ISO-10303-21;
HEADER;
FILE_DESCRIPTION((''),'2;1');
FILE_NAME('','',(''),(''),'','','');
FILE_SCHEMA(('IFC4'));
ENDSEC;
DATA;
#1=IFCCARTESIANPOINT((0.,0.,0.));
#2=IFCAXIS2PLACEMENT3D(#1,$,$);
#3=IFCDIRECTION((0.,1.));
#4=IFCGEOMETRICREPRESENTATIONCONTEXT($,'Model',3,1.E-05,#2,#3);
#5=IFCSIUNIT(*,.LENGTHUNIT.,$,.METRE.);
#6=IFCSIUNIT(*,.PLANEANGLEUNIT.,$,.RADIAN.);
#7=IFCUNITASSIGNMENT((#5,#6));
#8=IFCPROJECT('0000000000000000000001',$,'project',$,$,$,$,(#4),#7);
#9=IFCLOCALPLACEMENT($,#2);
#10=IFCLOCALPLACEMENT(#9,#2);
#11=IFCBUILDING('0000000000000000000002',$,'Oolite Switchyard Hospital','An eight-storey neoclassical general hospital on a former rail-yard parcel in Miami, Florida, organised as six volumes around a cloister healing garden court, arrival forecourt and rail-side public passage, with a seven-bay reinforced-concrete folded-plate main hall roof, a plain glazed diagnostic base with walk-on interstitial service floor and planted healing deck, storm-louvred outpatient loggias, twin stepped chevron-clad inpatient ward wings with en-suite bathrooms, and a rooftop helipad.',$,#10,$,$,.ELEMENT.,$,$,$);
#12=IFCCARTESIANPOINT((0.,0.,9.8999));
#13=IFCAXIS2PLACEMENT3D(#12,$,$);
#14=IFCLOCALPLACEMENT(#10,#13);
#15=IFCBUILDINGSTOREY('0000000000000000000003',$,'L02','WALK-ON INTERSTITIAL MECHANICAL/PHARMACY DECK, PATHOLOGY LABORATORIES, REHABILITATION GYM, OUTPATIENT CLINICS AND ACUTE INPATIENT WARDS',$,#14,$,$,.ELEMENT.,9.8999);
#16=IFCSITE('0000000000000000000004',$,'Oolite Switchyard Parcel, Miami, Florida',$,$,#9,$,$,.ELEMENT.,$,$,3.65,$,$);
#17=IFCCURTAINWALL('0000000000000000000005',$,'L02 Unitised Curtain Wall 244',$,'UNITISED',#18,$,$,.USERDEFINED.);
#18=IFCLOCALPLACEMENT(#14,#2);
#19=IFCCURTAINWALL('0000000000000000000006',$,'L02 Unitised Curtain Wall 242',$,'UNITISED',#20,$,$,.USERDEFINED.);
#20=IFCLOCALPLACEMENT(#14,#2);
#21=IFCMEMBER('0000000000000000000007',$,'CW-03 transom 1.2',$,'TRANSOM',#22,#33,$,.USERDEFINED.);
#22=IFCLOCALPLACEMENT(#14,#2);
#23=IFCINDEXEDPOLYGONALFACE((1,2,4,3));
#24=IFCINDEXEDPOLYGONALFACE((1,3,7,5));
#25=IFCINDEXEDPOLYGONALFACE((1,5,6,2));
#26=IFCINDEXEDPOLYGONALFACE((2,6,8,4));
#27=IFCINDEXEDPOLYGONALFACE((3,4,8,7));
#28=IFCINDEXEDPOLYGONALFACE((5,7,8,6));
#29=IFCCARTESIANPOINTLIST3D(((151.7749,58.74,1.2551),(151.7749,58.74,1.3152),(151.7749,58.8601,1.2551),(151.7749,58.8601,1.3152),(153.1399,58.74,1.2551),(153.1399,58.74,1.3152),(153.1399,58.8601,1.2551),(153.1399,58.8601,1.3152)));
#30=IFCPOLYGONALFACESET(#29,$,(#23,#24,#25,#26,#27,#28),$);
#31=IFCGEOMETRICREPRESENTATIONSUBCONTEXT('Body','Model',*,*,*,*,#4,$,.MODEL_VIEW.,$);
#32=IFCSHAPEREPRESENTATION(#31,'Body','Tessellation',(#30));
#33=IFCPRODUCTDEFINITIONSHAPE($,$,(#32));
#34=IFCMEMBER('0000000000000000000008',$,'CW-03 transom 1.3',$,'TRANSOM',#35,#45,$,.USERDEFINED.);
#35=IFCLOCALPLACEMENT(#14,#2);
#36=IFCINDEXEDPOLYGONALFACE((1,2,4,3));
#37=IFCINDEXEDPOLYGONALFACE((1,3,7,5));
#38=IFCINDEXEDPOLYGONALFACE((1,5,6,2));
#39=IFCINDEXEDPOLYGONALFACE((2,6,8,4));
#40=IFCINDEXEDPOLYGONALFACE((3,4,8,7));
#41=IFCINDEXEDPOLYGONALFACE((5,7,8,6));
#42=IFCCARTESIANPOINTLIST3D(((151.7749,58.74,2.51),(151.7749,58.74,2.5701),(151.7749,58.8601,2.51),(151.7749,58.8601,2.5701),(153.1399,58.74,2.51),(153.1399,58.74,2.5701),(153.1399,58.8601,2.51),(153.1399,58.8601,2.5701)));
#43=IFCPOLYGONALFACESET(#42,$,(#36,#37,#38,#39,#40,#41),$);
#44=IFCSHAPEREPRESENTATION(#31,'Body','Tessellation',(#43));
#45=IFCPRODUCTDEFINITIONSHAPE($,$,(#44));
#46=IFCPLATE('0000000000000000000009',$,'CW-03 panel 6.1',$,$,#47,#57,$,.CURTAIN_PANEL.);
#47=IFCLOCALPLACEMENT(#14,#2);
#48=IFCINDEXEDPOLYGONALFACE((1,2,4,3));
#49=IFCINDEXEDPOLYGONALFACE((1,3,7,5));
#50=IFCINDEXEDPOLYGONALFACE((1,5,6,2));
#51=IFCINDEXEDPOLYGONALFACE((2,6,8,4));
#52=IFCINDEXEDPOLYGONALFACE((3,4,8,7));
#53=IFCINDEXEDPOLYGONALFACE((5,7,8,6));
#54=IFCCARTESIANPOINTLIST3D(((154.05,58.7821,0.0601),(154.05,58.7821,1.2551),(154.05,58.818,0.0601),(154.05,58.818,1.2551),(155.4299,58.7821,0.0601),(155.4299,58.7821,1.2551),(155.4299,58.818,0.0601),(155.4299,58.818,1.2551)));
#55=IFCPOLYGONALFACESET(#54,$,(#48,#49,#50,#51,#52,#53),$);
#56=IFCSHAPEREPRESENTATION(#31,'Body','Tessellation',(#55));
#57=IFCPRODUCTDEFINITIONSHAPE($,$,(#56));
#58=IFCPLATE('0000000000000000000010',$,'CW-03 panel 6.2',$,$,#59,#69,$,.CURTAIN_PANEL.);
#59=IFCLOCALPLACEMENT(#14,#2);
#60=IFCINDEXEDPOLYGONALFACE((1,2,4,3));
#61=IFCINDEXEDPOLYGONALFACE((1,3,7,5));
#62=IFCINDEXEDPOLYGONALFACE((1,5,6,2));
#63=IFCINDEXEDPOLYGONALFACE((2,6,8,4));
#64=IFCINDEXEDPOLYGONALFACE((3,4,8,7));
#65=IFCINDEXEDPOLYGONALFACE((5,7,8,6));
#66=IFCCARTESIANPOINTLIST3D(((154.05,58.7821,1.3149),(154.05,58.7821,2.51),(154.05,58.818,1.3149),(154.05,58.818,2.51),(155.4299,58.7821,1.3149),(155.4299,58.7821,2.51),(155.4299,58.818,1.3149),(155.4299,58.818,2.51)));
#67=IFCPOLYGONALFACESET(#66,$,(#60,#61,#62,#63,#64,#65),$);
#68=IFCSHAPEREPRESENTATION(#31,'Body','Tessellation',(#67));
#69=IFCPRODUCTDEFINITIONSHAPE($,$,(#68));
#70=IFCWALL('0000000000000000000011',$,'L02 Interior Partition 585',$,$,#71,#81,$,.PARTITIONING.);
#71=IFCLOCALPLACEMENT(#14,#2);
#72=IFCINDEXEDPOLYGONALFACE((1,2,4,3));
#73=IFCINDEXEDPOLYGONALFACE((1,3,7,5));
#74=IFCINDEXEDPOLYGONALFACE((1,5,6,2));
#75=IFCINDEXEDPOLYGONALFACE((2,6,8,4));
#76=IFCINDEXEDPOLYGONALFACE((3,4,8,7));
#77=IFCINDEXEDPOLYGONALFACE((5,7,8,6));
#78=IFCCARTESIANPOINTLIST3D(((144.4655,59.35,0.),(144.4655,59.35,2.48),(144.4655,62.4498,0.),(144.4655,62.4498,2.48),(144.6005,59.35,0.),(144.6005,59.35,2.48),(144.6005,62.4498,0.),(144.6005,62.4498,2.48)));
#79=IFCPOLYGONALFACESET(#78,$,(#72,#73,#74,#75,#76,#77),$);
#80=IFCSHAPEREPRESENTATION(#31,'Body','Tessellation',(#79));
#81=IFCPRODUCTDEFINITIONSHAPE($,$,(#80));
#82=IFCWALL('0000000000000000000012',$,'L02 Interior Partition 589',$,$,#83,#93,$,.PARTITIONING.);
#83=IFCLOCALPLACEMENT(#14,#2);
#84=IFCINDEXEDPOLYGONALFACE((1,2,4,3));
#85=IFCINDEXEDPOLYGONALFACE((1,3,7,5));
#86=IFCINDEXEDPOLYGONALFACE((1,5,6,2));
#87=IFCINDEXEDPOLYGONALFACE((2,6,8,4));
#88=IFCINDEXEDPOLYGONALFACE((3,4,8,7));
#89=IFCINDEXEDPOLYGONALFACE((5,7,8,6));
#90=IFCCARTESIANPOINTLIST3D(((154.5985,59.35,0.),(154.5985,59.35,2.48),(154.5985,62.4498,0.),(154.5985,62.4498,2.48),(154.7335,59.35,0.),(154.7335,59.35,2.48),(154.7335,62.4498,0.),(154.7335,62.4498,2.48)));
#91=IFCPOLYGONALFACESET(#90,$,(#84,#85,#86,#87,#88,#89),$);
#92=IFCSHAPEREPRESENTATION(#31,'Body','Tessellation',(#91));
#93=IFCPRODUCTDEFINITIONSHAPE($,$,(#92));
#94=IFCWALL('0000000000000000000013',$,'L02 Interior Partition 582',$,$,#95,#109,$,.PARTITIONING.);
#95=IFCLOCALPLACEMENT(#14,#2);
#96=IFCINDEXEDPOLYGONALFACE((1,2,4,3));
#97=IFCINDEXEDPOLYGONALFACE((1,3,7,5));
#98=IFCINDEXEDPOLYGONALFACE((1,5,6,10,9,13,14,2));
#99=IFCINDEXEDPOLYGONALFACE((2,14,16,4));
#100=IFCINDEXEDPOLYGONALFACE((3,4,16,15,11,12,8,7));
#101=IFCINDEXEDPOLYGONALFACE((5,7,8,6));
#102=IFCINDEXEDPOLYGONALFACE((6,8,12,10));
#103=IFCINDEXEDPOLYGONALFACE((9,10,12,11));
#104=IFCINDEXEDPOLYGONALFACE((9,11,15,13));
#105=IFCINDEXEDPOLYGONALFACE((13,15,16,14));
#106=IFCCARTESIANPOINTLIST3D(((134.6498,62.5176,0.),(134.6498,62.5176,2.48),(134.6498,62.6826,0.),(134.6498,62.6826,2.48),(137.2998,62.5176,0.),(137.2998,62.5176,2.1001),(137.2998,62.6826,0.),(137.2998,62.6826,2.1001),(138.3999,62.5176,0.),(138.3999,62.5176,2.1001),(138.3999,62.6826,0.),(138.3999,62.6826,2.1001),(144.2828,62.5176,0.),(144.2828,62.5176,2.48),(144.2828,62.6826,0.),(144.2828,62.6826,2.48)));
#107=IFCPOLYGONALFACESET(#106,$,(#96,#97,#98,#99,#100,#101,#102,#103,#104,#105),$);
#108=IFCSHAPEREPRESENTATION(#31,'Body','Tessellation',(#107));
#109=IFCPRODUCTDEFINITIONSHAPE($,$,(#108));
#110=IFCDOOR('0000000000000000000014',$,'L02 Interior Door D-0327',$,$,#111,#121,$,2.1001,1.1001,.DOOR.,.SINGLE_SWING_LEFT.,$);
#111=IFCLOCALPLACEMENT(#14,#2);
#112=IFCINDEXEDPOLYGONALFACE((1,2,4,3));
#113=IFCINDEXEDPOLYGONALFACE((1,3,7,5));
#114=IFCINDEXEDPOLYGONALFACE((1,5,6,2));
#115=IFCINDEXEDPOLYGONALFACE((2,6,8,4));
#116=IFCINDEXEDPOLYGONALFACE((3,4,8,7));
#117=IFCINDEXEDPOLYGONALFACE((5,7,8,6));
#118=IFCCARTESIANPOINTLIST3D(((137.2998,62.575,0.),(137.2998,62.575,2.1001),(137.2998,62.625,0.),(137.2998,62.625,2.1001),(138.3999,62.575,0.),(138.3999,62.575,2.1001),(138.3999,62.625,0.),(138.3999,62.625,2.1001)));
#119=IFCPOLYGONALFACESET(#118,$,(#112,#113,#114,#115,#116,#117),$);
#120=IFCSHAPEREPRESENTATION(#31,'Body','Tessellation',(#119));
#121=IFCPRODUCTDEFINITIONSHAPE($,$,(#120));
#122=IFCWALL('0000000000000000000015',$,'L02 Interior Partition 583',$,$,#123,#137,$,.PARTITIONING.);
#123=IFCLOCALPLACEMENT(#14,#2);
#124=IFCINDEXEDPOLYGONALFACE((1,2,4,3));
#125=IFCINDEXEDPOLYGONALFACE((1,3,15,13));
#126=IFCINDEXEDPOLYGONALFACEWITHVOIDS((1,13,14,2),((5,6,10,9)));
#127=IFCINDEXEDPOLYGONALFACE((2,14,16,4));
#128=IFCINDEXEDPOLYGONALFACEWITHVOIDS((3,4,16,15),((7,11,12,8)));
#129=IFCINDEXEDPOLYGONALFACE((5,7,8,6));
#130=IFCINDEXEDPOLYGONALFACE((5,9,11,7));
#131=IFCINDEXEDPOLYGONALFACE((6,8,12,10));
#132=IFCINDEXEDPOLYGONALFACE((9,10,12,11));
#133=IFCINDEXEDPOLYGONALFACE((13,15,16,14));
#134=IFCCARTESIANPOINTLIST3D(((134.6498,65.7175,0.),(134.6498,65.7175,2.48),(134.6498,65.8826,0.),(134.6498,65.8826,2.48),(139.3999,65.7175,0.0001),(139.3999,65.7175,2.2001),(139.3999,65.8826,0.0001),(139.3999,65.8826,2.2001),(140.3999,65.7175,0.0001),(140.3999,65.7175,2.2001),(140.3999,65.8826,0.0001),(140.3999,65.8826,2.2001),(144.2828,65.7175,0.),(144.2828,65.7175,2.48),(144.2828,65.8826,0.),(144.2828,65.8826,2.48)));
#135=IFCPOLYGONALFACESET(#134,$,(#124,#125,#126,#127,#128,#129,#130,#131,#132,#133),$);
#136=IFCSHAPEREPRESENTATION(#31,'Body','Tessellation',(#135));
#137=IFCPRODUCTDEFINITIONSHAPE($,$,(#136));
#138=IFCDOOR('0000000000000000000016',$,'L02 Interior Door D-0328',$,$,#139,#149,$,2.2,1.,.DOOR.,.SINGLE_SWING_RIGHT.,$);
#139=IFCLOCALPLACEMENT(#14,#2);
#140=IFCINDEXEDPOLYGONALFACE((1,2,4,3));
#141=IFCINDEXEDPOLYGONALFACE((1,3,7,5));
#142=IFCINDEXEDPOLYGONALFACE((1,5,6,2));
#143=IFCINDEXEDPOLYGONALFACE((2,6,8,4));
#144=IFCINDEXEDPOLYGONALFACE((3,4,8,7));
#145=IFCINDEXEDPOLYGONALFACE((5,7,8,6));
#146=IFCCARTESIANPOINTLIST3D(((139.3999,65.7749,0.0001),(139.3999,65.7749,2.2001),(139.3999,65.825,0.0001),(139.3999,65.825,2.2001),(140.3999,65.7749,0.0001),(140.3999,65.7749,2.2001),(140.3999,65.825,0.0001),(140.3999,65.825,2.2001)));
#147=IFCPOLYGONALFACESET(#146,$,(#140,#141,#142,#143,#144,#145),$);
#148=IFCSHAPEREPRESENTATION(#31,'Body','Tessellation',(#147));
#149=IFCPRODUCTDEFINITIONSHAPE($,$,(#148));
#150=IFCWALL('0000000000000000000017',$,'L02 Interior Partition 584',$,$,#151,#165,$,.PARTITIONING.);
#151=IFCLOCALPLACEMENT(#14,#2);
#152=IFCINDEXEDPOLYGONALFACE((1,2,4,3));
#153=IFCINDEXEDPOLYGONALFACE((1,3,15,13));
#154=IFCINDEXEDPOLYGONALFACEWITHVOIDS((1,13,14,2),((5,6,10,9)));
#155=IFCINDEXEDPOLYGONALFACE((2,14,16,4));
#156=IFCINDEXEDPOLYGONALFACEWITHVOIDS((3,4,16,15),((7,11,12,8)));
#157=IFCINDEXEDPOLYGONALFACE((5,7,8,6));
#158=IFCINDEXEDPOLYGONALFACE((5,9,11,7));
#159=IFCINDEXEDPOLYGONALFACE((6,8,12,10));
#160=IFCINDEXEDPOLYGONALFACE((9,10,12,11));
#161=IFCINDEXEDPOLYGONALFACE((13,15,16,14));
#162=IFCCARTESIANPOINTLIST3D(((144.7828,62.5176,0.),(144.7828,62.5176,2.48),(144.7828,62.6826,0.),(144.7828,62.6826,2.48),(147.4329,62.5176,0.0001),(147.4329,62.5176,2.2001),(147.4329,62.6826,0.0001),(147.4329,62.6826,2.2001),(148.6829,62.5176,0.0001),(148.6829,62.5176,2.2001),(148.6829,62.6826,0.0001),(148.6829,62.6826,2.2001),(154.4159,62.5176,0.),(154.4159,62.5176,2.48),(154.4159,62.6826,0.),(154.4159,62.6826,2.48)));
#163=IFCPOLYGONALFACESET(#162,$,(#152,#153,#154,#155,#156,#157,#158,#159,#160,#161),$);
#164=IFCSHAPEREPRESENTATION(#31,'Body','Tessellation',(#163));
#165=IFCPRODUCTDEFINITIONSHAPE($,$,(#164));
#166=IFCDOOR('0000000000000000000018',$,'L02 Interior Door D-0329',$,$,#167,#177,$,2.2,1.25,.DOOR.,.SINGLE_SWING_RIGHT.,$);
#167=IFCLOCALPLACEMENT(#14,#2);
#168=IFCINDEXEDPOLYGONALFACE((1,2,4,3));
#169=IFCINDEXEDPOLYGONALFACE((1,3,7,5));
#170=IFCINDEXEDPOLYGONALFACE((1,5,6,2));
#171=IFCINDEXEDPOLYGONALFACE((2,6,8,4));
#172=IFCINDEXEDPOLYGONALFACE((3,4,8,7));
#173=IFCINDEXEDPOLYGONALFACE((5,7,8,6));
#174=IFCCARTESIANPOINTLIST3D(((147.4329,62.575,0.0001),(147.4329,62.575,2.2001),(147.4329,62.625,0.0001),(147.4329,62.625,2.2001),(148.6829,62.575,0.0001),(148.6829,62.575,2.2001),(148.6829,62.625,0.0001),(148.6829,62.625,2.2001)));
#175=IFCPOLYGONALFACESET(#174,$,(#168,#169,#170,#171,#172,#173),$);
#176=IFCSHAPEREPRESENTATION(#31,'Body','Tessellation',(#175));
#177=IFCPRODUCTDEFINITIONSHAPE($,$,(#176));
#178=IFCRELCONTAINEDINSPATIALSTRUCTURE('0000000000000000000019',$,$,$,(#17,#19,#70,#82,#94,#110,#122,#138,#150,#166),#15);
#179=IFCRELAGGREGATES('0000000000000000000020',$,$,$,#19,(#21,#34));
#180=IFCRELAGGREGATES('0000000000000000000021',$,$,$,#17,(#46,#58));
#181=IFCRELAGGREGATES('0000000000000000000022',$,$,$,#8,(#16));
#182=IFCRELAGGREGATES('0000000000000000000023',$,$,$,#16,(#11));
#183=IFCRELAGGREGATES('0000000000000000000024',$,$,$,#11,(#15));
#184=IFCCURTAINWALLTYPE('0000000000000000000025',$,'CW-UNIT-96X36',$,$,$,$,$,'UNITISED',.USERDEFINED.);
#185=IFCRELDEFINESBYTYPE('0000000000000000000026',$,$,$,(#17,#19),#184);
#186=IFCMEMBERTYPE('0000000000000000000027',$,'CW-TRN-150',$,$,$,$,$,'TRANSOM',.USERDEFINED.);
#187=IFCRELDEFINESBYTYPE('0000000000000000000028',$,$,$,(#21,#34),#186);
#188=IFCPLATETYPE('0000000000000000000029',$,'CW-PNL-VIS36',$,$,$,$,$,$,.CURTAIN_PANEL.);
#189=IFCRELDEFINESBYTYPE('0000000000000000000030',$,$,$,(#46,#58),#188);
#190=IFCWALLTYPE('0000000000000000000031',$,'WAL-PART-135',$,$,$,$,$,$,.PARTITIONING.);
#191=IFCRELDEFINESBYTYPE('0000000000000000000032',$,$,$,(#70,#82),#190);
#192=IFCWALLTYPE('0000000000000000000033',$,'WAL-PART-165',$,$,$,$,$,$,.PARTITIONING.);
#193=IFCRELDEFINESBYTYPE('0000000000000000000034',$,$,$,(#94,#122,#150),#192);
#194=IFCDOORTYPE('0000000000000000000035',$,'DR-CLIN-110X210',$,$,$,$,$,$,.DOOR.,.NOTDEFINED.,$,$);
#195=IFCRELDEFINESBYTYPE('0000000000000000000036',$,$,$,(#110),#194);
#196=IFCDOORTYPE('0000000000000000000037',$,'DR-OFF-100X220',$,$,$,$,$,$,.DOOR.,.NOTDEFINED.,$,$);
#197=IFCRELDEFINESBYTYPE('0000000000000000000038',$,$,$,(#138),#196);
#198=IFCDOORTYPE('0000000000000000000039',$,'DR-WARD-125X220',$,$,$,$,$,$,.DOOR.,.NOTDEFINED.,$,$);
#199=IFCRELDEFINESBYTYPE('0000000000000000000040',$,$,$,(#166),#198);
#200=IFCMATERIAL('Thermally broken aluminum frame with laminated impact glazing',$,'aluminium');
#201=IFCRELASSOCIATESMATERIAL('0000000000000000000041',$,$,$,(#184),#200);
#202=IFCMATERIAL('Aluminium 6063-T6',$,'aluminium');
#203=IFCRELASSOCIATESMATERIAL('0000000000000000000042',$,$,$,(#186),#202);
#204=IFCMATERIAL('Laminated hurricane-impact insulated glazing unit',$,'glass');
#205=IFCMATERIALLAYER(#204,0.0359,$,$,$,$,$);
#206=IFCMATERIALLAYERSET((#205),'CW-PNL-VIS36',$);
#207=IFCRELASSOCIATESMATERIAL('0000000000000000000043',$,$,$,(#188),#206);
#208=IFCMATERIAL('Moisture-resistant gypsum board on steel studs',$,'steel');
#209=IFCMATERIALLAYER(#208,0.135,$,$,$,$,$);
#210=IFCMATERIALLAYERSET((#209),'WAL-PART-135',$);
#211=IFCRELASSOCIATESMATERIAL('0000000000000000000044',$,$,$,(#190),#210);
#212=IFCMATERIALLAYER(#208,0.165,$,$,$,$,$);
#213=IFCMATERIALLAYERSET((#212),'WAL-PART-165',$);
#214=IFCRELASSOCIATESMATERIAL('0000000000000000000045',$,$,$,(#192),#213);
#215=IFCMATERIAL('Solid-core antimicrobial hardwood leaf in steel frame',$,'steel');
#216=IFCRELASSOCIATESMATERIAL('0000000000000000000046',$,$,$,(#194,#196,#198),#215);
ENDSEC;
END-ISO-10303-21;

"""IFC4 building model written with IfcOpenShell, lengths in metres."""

from ifc_helpers import new_model, si_unit, direction, frame, frame_2d, origin, origin_2d, place, context, subcontext, project, spatial, rectangle, extrude, material, layer, layer_set, material_profile, profile_set, type_object, element, fill, aggregate, save


model = new_model("IFC4")

# Units and contexts
model_context = context("Model", 3, precision=1e-05, world=origin(), true_north=direction((0.0, 1.0)))
body_context = subcontext(model_context, "Body", "Model", "MODEL_VIEW")
ifc_project = project(units=[si_unit("LENGTHUNIT", "METRE"), si_unit("PLANEANGLEUNIT", "RADIAN")], contexts=[model_context])

# Site, building, storey
site_placement = place(None, origin())
site = spatial("IfcSite", under=ifc_project, at=site_placement, Name="Oolite Switchyard Parcel, Miami, Florida", CompositionType="ELEMENT", RefElevation=3.65)
building_placement = place(site_placement, origin())
building = spatial("IfcBuilding", under=site, at=building_placement, Name="Oolite Switchyard Hospital", Description="An eight-storey neoclassical general hospital on a former rail-yard parcel in Miami, Florida, organised as six volumes around a cloister healing garden court, arrival forecourt and rail-side public passage, with a seven-bay reinforced-concrete folded-plate main hall roof, a plain glazed diagnostic base with walk-on interstitial service floor and planted healing deck, storm-louvred outpatient loggias, twin stepped chevron-clad inpatient ward wings with en-suite bathrooms, and a rooftop helipad.", CompositionType="ELEMENT")
storey_placement = place(building_placement, frame((0.0, 0.0, 9.8999)))
storey = spatial("IfcBuildingStorey", under=building, at=storey_placement, Name="L02", Description="WALK-ON INTERSTITIAL MECHANICAL/PHARMACY DECK, PATHOLOGY LABORATORIES, REHABILITATION GYM, OUTPATIENT CLINICS AND ACUTE INPATIENT WARDS", CompositionType="ELEMENT", Elevation=9.8999)

# Curtain wall
ifc_material_1 = material(Name="Thermally broken aluminum frame with laminated impact glazing", Category="aluminium")
curtain_wall_type = type_object("IfcCurtainWallType", Name="CW-UNIT-96X36", ElementType="UNITISED", PredefinedType="USERDEFINED", material=ifc_material_1)
curtain_wall_1_placement = place(storey_placement, origin())
curtain_wall_1 = element("IfcCurtainWall", 1, at=curtain_wall_1_placement, inside=storey, type_object=curtain_wall_type, Name="L02 Unitised Curtain Wall 244", ObjectType="UNITISED", PredefinedType="USERDEFINED")
ifc_material_2 = material(Name="Aluminium 6063-T6", Category="aluminium")

# Curtain wall, members
curtain_wall_2_placement = place(storey_placement, origin())
curtain_wall_2 = element("IfcCurtainWall", 2, at=curtain_wall_2_placement, inside=storey, type_object=curtain_wall_type, Name="L02 Unitised Curtain Wall 242", ObjectType="UNITISED", PredefinedType="USERDEFINED")
ifc_material_profile_1 = material_profile(ifc_material_2, rectangle(XDim=0.1201, YDim=0.0601, at=origin_2d()), Name="CWT60X120")
ifc_profile_set_1 = profile_set([ifc_material_profile_1], Name="Aluminium 6063-T6")
member_type_1 = type_object("IfcMemberType", Name="CW-TRN-150", ElementType="TRANSOM", PredefinedType="USERDEFINED", material=ifc_profile_set_1)
member_1_placement = place(storey_placement, frame((153.1399, 58.8, 1.2852), z_axis=(-1.0, 0.0, 0.0), x_axis=(0.0, -1.0, 0.0)))
member_1 = element("IfcMember", 3, at=member_1_placement, type_object=member_type_1, Name="CW-03 transom 1.2", ObjectType="TRANSOM", PredefinedType="USERDEFINED", context=body_context, shape_type="SweptSolid", body=[
    extrude(rectangle(XDim=0.1201, YDim=0.0601, at=origin_2d()), origin(), (0.0, 0.0, 1.0), 1.365),
])
member_2_placement = place(storey_placement, frame((153.1399, 58.8, 2.54), z_axis=(-1.0, 0.0, 0.0), x_axis=(0.0, -1.0, 0.0)))
member_2 = element("IfcMember", 4, at=member_2_placement, type_object=member_type_1, Name="CW-03 transom 1.3", ObjectType="TRANSOM", PredefinedType="USERDEFINED", context=body_context, shape_type="SweptSolid", body=[
    extrude(rectangle(XDim=0.1201, YDim=0.0601, at=origin_2d()), origin(), (0.0, 0.0, 1.0), 1.365),
])
aggregate(curtain_wall_2, [member_1, member_2])

# Plates
ifc_material_3 = material(Name="Laminated hurricane-impact insulated glazing unit", Category="glass")
ifc_layer_1 = layer(ifc_material_3, 0.0359)
ifc_layer_set_1 = layer_set([ifc_layer_1], Name="CW-PNL-VIS36")
plate_type = type_object("IfcPlateType", Name="CW-PNL-VIS36", PredefinedType="CURTAIN_PANEL", material=ifc_layer_set_1)
plate_1_placement = place(storey_placement, frame((154.74, 58.8, 0.0601), z_axis=(0.0, 0.0, 1.0), x_axis=(-1.0, 0.0, 0.0)))
plate_1 = element("IfcPlate", 5, at=plate_1_placement, type_object=plate_type, Name="CW-03 panel 6.1", PredefinedType="CURTAIN_PANEL", context=body_context, shape_type="SweptSolid", body=[
    extrude(rectangle(XDim=1.3799, YDim=0.0359, at=origin_2d()), origin(), (0.0, 0.0, 1.0), 1.1951),
])
plate_2_placement = place(storey_placement, frame((154.74, 58.8, 1.3149), z_axis=(0.0, 0.0, 1.0), x_axis=(-1.0, 0.0, 0.0)))
plate_2 = element("IfcPlate", 6, at=plate_2_placement, type_object=plate_type, Name="CW-03 panel 6.2", PredefinedType="CURTAIN_PANEL", context=body_context, shape_type="SweptSolid", body=[
    extrude(rectangle(XDim=1.3799, YDim=0.0359, at=origin_2d()), origin(), (0.0, 0.0, 1.0), 1.1951),
])
aggregate(curtain_wall_1, [plate_1, plate_2])

# Walls
ifc_material_4 = material(Name="Moisture-resistant gypsum board on steel studs", Category="steel")
ifc_layer_2 = layer(ifc_material_4, 0.135)
ifc_layer_set_2 = layer_set([ifc_layer_2], Name="WAL-PART-135")
wall_type_1 = type_object("IfcWallType", Name="WAL-PART-135", PredefinedType="PARTITIONING", material=ifc_layer_set_2)
for number, where, z_axis, x_axis, name in (
    (7, (144.533, 59.3501, 0.0), (0.0, 0.0, 1.0), (0.0, 1.0, 0.0), "L02 Interior Partition 585"),
    (8, (154.666, 59.3501, 0.0), (0.0, 0.0, 1.0), (0.0, 1.0, 0.0), "L02 Interior Partition 589"),
):
    element("IfcWall", number, at=place(storey_placement, frame(where, z_axis=z_axis, x_axis=x_axis)), inside=storey, type_object=wall_type_1, Name=name, PredefinedType="PARTITIONING", context=body_context, shape_type="SweptSolid", body=[
        extrude(rectangle(XDim=3.0999, YDim=0.135, at=frame_2d((1.5498, 0.0))), origin(), (0.0, 0.0, 1.0), 2.48),
    ])

# Walls, openings, doors
ifc_layer_3 = layer(ifc_material_4, 0.165)
ifc_layer_set_3 = layer_set([ifc_layer_3], Name="WAL-PART-165")
wall_type_2 = type_object("IfcWallType", Name="WAL-PART-165", PredefinedType="PARTITIONING", material=ifc_layer_set_3)
wall_1_placement = place(storey_placement, frame((134.6499, 62.6001, 0.0), z_axis=(0.0, 0.0, 1.0), x_axis=(1.0, 0.0, 0.0)))
wall_1 = element("IfcWall", 9, at=wall_1_placement, inside=storey, type_object=wall_type_2, Name="L02 Interior Partition 582", PredefinedType="PARTITIONING", context=body_context, shape_type="SweptSolid", body=[
    extrude(rectangle(XDim=9.6331, YDim=0.165, at=frame_2d((4.8164, 0.0))), origin(), (0.0, 0.0, 1.0), 2.48),
])
opening_1_placement = place(wall_1_placement, frame((2.6499, 0.0, 0.0)))
opening_1 = element("IfcOpeningElement", 10, at=opening_1_placement, cuts=wall_1, PredefinedType="OPENING", context=body_context, shape_type="SweptSolid", body=[
    extrude(rectangle(XDim=1.1001, YDim=2.1001, at=frame_2d((0.55, 1.05))), frame((0.0, 0.0925, 0.0), z_axis=(0.0, -1.0, 0.0), x_axis=(1.0, 0.0, 0.0)), (0.0, 0.0, 1.0), 0.1851),
])
ifc_material_5 = material(Name="Solid-core antimicrobial hardwood leaf in steel frame", Category="steel")
door_type_1 = type_object("IfcDoorType", Name="DR-CLIN-110X210", OperationType="NOTDEFINED", PredefinedType="DOOR", material=ifc_material_5)
door_1_placement = place(opening_1_placement, origin())
door_1 = element("IfcDoor", 11, at=door_1_placement, inside=storey, type_object=door_type_1, Name="L02 Interior Door D-0327", OperationType="SINGLE_SWING_LEFT", OverallHeight=2.1001, OverallWidth=1.1001, PredefinedType="DOOR", context=body_context, shape_type="SweptSolid", body=[
    extrude(rectangle(XDim=1.1001, YDim=2.1001, at=frame_2d((0.55, 1.05))), frame((0.0, 0.0249, 0.0), z_axis=(0.0, -1.0, 0.0), x_axis=(1.0, 0.0, 0.0)), (0.0, 0.0, 1.0), 0.05),
])
fill(opening_1, door_1)
wall_2_placement = place(storey_placement, frame((134.6499, 65.8, 0.0), z_axis=(0.0, 0.0, 1.0), x_axis=(1.0, 0.0, 0.0)))
wall_2 = element("IfcWall", 12, at=wall_2_placement, inside=storey, type_object=wall_type_2, Name="L02 Interior Partition 583", PredefinedType="PARTITIONING", context=body_context, shape_type="SweptSolid", body=[
    extrude(rectangle(XDim=9.6331, YDim=0.165, at=frame_2d((4.8164, 0.0))), origin(), (0.0, 0.0, 1.0), 2.48),
])
opening_2_placement = place(wall_2_placement, frame((4.75, 0.0, 0.0)))
opening_2 = element("IfcOpeningElement", 13, at=opening_2_placement, cuts=wall_2, PredefinedType="OPENING", context=body_context, shape_type="SweptSolid", body=[
    extrude(rectangle(XDim=1.0, YDim=2.2, at=frame_2d((0.5, 1.1001))), frame((0.0, 0.0925, 0.0), z_axis=(0.0, -1.0, 0.0), x_axis=(1.0, 0.0, 0.0)), (0.0, 0.0, 1.0), 0.1851),
])
door_type_2 = type_object("IfcDoorType", Name="DR-OFF-100X220", OperationType="NOTDEFINED", PredefinedType="DOOR", material=ifc_material_5)
door_2_placement = place(opening_2_placement, origin())
door_2 = element("IfcDoor", 14, at=door_2_placement, inside=storey, type_object=door_type_2, Name="L02 Interior Door D-0328", OperationType="SINGLE_SWING_RIGHT", OverallHeight=2.2, OverallWidth=1.0, PredefinedType="DOOR", context=body_context, shape_type="SweptSolid", body=[
    extrude(rectangle(XDim=1.0, YDim=2.2, at=frame_2d((0.5, 1.1001))), frame((0.0, 0.0249, 0.0), z_axis=(0.0, -1.0, 0.0), x_axis=(1.0, 0.0, 0.0)), (0.0, 0.0, 1.0), 0.05),
])
fill(opening_2, door_2)
wall_3_placement = place(storey_placement, frame((144.783, 62.6001, 0.0), z_axis=(0.0, 0.0, 1.0), x_axis=(1.0, 0.0, 0.0)))
wall_3 = element("IfcWall", 15, at=wall_3_placement, inside=storey, type_object=wall_type_2, Name="L02 Interior Partition 584", PredefinedType="PARTITIONING", context=body_context, shape_type="SweptSolid", body=[
    extrude(rectangle(XDim=9.6331, YDim=0.165, at=frame_2d((4.8164, 0.0))), origin(), (0.0, 0.0, 1.0), 2.48),
])
opening_3_placement = place(wall_3_placement, frame((2.6499, 0.0, 0.0)))
opening_3 = element("IfcOpeningElement", 16, at=opening_3_placement, cuts=wall_3, PredefinedType="OPENING", context=body_context, shape_type="SweptSolid", body=[
    extrude(rectangle(XDim=1.25, YDim=2.2, at=frame_2d((0.625, 1.1001))), frame((0.0, 0.0925, 0.0), z_axis=(0.0, -1.0, 0.0), x_axis=(1.0, 0.0, 0.0)), (0.0, 0.0, 1.0), 0.1851),
])
door_type_3 = type_object("IfcDoorType", Name="DR-WARD-125X220", OperationType="NOTDEFINED", PredefinedType="DOOR", material=ifc_material_5)
door_3_placement = place(opening_3_placement, origin())
door_3 = element("IfcDoor", 17, at=door_3_placement, inside=storey, type_object=door_type_3, Name="L02 Interior Door D-0329", OperationType="SINGLE_SWING_RIGHT", OverallHeight=2.2, OverallWidth=1.25, PredefinedType="DOOR", context=body_context, shape_type="SweptSolid", body=[
    extrude(rectangle(XDim=1.25, YDim=2.2, at=frame_2d((0.625, 1.1001))), frame((0.0, 0.0249, 0.0), z_axis=(0.0, -1.0, 0.0), x_axis=(1.0, 0.0, 0.0)), (0.0, 0.0, 1.0), 0.05),
])
fill(opening_3, door_3)

save(model, "model.ifc")
